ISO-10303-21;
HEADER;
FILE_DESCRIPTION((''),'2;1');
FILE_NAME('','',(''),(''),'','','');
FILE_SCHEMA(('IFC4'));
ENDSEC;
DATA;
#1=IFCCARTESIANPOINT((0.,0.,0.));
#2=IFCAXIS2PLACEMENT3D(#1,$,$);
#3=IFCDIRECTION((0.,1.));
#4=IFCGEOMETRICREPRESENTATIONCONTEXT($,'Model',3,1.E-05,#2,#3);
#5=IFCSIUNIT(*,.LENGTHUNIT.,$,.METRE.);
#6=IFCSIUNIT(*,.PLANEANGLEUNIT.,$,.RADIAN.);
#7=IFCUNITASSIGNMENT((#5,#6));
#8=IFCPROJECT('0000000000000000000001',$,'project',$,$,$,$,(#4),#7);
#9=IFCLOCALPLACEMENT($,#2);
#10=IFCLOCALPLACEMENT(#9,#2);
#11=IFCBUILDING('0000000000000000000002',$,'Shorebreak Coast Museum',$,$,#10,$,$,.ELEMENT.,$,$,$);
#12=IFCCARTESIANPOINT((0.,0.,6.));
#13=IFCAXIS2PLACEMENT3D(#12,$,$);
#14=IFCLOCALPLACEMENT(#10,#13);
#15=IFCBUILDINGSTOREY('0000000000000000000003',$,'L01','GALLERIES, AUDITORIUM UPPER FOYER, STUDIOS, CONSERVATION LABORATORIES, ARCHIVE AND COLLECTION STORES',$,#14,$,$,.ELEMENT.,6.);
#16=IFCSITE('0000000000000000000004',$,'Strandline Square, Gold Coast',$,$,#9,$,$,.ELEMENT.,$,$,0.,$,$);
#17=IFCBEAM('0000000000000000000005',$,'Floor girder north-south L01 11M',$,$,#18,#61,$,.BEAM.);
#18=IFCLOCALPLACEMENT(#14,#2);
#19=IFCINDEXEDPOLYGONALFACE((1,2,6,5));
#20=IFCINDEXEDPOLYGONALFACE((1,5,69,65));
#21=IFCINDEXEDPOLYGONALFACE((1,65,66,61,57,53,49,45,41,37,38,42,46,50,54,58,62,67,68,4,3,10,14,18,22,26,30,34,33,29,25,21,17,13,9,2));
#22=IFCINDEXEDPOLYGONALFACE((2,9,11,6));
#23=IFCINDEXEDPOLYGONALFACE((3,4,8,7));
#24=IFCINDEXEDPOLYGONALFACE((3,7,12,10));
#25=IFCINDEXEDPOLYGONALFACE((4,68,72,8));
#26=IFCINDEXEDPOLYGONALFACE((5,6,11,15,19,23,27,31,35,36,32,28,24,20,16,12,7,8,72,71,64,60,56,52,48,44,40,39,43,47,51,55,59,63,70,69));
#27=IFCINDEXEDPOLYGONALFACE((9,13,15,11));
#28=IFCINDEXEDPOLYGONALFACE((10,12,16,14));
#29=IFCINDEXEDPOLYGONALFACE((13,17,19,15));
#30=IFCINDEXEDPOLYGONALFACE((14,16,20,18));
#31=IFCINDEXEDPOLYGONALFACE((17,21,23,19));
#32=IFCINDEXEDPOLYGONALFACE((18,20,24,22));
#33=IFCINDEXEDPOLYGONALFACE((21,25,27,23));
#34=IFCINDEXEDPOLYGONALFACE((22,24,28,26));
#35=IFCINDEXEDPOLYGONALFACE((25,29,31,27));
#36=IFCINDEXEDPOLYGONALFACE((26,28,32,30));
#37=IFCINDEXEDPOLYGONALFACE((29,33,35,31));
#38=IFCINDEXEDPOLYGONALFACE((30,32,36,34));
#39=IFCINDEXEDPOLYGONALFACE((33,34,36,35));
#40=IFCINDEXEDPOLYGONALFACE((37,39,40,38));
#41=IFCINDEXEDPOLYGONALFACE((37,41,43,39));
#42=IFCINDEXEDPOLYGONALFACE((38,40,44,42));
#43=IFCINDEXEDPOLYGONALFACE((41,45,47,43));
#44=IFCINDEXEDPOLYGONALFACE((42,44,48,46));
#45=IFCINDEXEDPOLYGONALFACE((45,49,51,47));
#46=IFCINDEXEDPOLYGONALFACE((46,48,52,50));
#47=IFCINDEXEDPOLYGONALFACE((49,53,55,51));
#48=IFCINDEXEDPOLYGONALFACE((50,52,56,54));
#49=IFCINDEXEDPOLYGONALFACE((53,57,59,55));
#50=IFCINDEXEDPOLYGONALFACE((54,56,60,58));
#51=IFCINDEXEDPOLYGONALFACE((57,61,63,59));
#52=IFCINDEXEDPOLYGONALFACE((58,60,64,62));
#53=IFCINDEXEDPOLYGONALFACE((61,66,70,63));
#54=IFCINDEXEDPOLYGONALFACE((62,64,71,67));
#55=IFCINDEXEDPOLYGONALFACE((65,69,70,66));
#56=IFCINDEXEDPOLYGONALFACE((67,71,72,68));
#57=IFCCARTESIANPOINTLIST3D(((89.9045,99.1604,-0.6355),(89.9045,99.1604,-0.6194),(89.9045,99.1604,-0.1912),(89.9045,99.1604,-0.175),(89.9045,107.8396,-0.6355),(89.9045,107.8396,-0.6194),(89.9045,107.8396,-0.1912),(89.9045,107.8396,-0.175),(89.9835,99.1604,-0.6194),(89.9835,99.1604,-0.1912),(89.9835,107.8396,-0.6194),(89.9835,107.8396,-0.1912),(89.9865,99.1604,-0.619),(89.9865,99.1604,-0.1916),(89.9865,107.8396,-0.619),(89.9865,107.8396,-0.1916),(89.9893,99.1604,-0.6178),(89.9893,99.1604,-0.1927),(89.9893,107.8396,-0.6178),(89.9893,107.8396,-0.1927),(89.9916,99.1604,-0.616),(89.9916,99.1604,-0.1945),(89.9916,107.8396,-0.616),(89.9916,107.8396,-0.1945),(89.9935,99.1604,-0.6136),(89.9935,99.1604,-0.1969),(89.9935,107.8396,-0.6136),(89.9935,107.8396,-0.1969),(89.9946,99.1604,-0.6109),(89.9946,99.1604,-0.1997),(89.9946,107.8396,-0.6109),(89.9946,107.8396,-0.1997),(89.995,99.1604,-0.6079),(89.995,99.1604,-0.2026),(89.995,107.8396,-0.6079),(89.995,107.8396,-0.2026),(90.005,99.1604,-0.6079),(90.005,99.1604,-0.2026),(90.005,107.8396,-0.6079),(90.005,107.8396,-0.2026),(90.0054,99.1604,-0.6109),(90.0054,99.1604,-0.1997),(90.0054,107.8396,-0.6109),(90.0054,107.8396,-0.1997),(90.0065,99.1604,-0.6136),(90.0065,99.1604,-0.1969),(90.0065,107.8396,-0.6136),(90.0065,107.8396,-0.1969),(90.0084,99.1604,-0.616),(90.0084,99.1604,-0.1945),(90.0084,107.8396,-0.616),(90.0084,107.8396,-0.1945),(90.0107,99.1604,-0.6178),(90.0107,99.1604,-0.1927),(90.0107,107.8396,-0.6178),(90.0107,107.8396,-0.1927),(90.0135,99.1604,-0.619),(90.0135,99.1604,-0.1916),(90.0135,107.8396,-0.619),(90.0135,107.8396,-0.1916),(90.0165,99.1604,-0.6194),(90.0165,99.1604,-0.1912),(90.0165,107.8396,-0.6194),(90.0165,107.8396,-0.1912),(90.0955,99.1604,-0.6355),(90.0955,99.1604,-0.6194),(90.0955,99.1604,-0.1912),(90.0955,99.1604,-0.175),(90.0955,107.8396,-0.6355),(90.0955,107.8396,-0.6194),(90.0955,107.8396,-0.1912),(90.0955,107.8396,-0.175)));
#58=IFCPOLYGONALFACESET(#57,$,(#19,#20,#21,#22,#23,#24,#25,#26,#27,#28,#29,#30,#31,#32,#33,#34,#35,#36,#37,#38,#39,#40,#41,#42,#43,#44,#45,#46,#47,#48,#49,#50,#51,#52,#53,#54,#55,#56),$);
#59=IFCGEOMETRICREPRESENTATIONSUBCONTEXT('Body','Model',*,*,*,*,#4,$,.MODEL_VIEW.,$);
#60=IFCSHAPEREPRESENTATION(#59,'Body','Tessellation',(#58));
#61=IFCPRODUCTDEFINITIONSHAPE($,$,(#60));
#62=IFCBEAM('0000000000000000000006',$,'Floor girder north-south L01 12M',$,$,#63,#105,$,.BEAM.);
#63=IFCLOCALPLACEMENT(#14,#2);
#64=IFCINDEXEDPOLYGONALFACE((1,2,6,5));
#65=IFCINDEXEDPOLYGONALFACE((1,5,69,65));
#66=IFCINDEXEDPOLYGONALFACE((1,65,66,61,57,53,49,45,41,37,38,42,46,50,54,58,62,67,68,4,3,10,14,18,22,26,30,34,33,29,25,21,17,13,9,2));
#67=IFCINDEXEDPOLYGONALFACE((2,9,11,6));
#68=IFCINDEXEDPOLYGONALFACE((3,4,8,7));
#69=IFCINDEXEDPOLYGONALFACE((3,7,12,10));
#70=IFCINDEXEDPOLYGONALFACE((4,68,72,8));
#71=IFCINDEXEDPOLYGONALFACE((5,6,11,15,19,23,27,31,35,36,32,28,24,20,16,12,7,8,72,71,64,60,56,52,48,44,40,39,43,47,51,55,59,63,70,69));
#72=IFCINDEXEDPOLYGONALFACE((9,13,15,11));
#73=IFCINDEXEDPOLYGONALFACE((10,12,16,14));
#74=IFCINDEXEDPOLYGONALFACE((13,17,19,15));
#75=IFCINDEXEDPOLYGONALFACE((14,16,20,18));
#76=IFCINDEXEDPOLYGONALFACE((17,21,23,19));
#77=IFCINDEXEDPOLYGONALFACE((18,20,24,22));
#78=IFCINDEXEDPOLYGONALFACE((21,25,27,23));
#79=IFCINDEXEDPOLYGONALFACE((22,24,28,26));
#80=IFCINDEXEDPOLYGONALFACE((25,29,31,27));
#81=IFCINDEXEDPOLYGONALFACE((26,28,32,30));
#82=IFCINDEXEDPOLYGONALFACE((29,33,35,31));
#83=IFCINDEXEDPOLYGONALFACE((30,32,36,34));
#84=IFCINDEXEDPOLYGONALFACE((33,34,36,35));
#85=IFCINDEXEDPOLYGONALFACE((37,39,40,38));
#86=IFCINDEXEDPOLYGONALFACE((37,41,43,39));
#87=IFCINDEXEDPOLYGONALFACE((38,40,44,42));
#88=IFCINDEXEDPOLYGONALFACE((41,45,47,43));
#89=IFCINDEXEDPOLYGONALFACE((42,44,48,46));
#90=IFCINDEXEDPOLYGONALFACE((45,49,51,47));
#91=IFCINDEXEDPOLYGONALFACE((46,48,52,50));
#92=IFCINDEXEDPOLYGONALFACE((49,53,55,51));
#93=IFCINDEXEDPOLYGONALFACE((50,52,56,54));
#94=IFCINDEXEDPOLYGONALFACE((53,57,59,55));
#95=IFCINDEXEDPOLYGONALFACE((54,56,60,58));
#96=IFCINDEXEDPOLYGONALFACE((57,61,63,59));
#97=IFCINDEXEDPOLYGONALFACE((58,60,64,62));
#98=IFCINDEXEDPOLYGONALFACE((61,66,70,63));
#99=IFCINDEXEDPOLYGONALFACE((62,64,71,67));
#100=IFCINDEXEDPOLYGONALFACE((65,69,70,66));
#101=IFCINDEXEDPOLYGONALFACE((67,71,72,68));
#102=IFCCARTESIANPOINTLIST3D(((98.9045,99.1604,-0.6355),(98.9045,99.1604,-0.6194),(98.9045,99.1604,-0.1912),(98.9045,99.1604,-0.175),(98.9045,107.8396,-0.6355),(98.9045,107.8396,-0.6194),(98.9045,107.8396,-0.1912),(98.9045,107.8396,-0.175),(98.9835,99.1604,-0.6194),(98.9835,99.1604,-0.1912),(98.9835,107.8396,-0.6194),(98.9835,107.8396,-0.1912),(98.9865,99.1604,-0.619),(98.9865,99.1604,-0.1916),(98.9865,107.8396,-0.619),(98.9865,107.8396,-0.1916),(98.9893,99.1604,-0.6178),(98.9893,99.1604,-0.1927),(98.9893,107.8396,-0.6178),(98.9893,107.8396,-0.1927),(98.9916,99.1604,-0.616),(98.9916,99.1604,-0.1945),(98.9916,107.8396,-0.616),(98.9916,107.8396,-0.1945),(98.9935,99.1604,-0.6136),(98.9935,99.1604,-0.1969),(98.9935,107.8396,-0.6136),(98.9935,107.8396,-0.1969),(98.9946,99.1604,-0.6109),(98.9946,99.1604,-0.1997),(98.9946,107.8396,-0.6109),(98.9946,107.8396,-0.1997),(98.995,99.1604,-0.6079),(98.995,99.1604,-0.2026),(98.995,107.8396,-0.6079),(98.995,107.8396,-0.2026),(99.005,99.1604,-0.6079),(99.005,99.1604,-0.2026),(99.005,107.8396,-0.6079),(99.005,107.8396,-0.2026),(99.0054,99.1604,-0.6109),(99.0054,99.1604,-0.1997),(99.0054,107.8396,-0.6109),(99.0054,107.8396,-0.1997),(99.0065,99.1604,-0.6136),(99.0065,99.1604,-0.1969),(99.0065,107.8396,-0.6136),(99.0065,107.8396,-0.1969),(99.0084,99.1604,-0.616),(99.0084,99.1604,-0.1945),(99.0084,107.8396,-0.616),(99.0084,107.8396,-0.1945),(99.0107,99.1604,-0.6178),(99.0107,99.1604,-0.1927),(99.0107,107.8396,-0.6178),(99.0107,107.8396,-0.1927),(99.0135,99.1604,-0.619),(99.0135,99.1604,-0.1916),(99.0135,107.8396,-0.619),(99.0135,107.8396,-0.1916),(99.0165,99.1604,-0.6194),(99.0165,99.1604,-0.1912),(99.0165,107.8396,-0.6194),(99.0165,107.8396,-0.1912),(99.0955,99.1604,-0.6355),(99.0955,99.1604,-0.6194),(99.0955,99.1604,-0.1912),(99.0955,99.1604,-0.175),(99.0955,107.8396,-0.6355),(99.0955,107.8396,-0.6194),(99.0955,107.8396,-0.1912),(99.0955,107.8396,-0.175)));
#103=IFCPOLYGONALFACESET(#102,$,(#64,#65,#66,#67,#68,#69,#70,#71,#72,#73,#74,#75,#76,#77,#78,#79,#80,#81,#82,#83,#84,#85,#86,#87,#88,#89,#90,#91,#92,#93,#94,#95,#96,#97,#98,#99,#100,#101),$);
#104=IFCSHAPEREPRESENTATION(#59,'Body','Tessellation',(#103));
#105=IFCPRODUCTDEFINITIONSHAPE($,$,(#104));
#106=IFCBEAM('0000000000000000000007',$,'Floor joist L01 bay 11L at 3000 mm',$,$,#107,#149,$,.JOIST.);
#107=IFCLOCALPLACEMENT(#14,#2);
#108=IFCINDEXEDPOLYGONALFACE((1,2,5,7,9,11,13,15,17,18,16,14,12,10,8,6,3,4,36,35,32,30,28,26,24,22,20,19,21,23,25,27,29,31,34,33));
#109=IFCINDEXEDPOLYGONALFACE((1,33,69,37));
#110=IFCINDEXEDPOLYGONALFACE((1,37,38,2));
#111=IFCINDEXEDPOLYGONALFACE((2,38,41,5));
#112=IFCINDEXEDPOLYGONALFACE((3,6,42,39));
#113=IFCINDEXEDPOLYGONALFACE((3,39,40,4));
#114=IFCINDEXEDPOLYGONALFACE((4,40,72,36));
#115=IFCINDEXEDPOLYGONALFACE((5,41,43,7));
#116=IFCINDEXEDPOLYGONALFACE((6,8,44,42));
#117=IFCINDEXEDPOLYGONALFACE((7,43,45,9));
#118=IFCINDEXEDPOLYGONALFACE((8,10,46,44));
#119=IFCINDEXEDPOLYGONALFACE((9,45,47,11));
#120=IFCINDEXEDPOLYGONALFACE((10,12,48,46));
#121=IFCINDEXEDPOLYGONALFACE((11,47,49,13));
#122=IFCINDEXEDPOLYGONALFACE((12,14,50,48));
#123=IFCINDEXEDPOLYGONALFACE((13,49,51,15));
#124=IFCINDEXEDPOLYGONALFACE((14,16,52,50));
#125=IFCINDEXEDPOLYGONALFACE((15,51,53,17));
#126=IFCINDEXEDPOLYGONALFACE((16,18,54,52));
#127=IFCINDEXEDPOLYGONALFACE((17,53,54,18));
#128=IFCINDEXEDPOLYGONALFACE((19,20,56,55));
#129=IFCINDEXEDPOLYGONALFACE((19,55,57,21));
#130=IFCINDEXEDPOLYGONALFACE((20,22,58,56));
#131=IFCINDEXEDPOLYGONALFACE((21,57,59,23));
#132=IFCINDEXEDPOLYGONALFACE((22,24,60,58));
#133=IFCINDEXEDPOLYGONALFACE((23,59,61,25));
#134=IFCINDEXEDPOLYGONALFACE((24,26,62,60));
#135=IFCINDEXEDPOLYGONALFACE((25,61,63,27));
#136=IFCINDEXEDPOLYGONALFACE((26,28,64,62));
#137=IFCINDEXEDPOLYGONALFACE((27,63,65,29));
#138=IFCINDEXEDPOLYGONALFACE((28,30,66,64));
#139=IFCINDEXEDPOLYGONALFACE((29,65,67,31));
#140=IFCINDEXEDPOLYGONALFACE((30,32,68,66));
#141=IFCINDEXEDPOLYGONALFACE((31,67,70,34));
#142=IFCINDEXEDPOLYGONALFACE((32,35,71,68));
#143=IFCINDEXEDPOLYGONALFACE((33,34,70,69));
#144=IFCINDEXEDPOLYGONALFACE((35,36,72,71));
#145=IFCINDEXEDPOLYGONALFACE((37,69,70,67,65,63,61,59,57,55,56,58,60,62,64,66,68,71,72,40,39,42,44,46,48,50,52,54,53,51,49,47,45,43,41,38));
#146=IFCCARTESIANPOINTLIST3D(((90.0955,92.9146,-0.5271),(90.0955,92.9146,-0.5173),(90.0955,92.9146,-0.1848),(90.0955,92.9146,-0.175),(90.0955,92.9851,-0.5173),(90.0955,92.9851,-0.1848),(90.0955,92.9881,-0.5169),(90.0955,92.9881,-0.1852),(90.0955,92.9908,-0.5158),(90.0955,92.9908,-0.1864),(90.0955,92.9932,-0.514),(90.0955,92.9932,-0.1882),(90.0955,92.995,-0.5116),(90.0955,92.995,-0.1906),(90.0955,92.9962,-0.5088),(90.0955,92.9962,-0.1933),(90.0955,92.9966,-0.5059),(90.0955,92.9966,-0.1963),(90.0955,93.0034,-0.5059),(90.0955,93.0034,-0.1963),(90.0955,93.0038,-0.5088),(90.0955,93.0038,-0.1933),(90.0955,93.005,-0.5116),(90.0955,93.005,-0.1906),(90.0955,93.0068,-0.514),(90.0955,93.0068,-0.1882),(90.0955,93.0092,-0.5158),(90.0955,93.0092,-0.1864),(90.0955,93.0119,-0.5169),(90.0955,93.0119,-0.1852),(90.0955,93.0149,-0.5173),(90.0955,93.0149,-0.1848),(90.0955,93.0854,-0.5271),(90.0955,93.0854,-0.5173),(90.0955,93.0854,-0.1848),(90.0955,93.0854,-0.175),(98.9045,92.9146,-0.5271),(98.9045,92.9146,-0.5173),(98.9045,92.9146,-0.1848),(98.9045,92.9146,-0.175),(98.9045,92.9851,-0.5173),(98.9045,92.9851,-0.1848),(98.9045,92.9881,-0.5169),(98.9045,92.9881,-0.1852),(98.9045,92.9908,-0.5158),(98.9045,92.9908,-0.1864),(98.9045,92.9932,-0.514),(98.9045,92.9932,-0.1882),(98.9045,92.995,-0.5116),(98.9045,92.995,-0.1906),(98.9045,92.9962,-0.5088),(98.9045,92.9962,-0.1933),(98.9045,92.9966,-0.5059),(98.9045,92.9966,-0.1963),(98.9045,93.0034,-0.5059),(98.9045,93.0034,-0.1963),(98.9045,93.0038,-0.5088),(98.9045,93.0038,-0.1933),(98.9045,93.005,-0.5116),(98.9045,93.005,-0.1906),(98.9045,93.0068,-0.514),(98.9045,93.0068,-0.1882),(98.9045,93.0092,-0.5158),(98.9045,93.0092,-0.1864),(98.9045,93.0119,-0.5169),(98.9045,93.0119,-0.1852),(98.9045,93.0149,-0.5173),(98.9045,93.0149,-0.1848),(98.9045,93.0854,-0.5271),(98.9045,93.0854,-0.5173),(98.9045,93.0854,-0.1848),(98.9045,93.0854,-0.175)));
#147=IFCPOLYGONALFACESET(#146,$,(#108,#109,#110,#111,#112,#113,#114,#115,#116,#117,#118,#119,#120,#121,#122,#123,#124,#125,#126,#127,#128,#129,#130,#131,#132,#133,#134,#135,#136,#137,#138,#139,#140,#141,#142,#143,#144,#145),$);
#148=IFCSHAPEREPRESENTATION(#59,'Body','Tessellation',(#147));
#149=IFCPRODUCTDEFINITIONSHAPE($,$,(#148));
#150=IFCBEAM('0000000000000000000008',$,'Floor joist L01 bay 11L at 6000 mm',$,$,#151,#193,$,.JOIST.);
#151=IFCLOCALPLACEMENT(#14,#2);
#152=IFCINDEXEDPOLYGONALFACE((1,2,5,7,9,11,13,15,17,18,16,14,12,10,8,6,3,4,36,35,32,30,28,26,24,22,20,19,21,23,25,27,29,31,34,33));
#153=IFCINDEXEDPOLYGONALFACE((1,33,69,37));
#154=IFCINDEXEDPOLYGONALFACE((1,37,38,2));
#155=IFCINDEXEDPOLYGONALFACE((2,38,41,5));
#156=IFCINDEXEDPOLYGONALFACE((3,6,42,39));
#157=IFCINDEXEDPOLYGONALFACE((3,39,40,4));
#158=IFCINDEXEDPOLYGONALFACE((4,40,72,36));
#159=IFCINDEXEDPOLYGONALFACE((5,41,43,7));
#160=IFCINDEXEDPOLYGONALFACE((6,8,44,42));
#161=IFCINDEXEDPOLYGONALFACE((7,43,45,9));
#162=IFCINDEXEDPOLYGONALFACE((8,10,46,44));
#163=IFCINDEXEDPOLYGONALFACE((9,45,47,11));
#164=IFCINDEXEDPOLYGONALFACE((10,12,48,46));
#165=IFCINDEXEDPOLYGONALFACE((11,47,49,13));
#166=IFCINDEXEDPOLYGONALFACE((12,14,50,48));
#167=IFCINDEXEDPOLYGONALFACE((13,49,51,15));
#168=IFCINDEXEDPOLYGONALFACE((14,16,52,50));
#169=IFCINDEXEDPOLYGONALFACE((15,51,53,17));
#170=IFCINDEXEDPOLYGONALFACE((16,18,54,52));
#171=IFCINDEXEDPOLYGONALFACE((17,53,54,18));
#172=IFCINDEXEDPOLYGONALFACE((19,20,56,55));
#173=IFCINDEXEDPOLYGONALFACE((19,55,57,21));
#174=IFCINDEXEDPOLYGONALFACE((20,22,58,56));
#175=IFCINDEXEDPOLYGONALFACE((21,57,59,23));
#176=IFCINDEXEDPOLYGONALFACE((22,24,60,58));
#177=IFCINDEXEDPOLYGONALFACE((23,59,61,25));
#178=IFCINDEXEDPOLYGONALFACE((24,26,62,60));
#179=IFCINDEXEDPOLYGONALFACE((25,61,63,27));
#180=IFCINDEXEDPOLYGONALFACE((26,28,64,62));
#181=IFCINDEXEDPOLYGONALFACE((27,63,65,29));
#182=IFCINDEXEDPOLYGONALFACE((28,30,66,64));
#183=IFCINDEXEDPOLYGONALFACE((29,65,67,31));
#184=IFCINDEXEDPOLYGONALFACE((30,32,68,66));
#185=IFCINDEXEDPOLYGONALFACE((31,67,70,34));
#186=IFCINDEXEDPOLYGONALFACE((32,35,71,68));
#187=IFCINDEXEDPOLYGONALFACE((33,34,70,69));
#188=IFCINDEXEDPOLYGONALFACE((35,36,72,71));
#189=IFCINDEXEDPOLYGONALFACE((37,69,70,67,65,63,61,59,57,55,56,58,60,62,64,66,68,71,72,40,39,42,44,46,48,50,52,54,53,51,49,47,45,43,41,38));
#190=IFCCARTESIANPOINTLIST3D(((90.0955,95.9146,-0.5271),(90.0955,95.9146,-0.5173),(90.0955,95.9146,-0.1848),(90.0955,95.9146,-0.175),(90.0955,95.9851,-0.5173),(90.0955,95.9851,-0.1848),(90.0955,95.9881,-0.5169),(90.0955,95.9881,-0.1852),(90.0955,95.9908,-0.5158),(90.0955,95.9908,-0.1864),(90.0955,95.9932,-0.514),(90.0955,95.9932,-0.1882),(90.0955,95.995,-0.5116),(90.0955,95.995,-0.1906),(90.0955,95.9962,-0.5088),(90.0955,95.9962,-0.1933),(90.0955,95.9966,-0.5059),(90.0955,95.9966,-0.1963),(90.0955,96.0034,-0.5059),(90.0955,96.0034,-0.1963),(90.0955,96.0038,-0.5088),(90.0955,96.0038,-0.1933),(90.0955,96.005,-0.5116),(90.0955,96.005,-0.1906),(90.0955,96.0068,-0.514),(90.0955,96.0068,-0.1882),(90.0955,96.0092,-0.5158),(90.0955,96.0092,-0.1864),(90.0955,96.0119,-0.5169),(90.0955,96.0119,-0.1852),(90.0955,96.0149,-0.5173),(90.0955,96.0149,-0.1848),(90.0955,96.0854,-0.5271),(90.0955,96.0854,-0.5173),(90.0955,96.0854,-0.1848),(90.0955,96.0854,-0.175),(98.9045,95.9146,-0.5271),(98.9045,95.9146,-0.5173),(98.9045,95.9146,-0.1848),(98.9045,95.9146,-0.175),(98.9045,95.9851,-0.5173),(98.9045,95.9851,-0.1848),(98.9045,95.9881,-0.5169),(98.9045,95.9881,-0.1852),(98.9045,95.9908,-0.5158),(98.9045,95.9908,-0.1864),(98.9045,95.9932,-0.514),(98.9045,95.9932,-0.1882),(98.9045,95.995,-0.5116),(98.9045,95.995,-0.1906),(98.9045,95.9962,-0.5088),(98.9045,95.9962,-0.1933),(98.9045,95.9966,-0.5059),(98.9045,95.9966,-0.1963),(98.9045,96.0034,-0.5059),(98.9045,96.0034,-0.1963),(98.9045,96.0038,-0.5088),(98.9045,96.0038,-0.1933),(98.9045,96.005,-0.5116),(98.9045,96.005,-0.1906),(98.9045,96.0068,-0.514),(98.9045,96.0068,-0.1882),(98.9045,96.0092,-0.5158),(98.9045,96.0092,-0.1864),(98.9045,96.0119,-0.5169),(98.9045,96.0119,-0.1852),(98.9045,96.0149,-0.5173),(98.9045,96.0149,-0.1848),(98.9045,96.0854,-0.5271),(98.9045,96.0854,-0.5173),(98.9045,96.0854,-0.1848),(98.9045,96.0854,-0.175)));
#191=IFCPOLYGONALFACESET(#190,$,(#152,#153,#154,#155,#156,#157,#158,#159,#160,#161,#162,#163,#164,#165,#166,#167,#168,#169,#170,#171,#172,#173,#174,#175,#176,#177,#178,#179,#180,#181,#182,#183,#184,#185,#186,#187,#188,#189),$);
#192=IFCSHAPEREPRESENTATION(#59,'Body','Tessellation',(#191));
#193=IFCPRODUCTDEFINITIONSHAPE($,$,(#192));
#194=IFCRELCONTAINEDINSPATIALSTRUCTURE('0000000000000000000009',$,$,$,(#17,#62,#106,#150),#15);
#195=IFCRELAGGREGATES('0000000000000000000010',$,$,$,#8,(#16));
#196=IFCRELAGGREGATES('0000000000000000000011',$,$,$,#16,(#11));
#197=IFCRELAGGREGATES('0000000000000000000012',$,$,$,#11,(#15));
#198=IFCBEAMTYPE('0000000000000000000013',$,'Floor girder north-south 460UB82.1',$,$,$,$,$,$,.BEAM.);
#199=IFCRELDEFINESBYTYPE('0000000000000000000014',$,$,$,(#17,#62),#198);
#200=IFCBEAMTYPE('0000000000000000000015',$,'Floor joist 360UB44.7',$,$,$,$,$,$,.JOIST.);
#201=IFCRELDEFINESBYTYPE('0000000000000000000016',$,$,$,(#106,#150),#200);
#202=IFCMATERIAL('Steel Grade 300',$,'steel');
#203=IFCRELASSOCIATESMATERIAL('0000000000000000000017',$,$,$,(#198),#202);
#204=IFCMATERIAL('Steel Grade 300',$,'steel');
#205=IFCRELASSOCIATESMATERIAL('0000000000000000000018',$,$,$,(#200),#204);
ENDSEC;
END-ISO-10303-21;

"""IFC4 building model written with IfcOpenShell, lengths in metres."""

from ifc_helpers import new_model, si_unit, direction, frame, origin, origin_2d, place, context, subcontext, project, spatial, i_section, extrude, material, material_profile, profile_set, type_object, element, save


model = new_model("IFC4")

# Units and contexts
model_context = context("Model", 3, precision=1e-05, world=origin(), true_north=direction((0.0, 1.0)))
body_context = subcontext(model_context, "Body", "Model", "MODEL_VIEW")
ifc_project = project(units=[si_unit("LENGTHUNIT", "METRE"), si_unit("PLANEANGLEUNIT", "RADIAN")], contexts=[model_context])

# Site, building, storey
site_placement = place(None, origin())
site = spatial("IfcSite", under=ifc_project, at=site_placement, Name="Strandline Square, Gold Coast", CompositionType="ELEMENT", RefElevation=0.0)
building_placement = place(site_placement, origin())
building = spatial("IfcBuilding", under=site, at=building_placement, Name="Shorebreak Coast Museum", CompositionType="ELEMENT")
storey_placement = place(building_placement, frame((0.0, 0.0, 6.0)))
storey = spatial("IfcBuildingStorey", under=building, at=storey_placement, Name="L01", Description="GALLERIES, AUDITORIUM UPPER FOYER, STUDIOS, CONSERVATION LABORATORIES, ARCHIVE AND COLLECTION STORES", CompositionType="ELEMENT", Elevation=6.0)

# Beams
ifc_material_1 = material(Name="Steel Grade 300", Category="steel")
ifc_material_profile_1 = material_profile(ifc_material_1, i_section(OverallWidth=0.1909, OverallDepth=0.4604, WebThickness=0.01, FlangeThickness=0.0161, FilletRadius=0.0115, at=origin_2d()), Name="460UB82.1")
ifc_profile_set_1 = profile_set([ifc_material_profile_1], Name="Steel Grade 300")
beam_type_1 = type_object("IfcBeamType", Name="Floor girder north-south 460UB82.1", PredefinedType="BEAM", material=ifc_profile_set_1)
for number, where, z_axis, x_axis, name in (
    (1, (90.0, 99.1604, -0.4053), (0.0, 1.0, 0.0), (-1.0, 0.0, 0.0), "Floor girder north-south L01 11M"),
    (2, (99.0, 99.1604, -0.4053), (0.0, 1.0, 0.0), (-1.0, 0.0, 0.0), "Floor girder north-south L01 12M"),
):
    element("IfcBeam", number, at=place(storey_placement, frame(where, z_axis=z_axis, x_axis=x_axis)), inside=storey, type_object=beam_type_1, Name=name, PredefinedType="BEAM", context=body_context, shape_type="SweptSolid", body=[
        extrude(i_section(OverallWidth=0.1909, OverallDepth=0.4604, WebThickness=0.01, FlangeThickness=0.0161, FilletRadius=0.0115, at=origin_2d()), origin(), (0.0, 0.0, 1.0), 8.6792),
    ])
ifc_material_2 = material(Name="Steel Grade 300", Category="steel")
ifc_material_profile_2 = material_profile(ifc_material_2, i_section(OverallWidth=0.1709, OverallDepth=0.3521, WebThickness=0.0068, FlangeThickness=0.0098, FilletRadius=0.0115, at=origin_2d()), Name="360UB44.7")
ifc_profile_set_2 = profile_set([ifc_material_profile_2], Name="Steel Grade 300")
beam_type_2 = type_object("IfcBeamType", Name="Floor joist 360UB44.7", PredefinedType="JOIST", material=ifc_profile_set_2)
for number, where, z_axis, x_axis, name in (
    (3, (90.0955, 93.0, -0.3511), (1.0, 0.0, 0.0), (0.0, 1.0, 0.0), "Floor joist L01 bay 11L at 3000 mm"),
    (4, (90.0955, 96.0, -0.3511), (1.0, 0.0, 0.0), (0.0, 1.0, 0.0), "Floor joist L01 bay 11L at 6000 mm"),
):
    element("IfcBeam", number, at=place(storey_placement, frame(where, z_axis=z_axis, x_axis=x_axis)), inside=storey, type_object=beam_type_2, Name=name, PredefinedType="JOIST", context=body_context, shape_type="SweptSolid", body=[
        extrude(i_section(OverallWidth=0.1709, OverallDepth=0.3521, WebThickness=0.0068, FlangeThickness=0.0098, FilletRadius=0.0115, at=origin_2d()), origin(), (0.0, 0.0, 1.0), 8.8091),
    ])

save(model, "model.ifc")
